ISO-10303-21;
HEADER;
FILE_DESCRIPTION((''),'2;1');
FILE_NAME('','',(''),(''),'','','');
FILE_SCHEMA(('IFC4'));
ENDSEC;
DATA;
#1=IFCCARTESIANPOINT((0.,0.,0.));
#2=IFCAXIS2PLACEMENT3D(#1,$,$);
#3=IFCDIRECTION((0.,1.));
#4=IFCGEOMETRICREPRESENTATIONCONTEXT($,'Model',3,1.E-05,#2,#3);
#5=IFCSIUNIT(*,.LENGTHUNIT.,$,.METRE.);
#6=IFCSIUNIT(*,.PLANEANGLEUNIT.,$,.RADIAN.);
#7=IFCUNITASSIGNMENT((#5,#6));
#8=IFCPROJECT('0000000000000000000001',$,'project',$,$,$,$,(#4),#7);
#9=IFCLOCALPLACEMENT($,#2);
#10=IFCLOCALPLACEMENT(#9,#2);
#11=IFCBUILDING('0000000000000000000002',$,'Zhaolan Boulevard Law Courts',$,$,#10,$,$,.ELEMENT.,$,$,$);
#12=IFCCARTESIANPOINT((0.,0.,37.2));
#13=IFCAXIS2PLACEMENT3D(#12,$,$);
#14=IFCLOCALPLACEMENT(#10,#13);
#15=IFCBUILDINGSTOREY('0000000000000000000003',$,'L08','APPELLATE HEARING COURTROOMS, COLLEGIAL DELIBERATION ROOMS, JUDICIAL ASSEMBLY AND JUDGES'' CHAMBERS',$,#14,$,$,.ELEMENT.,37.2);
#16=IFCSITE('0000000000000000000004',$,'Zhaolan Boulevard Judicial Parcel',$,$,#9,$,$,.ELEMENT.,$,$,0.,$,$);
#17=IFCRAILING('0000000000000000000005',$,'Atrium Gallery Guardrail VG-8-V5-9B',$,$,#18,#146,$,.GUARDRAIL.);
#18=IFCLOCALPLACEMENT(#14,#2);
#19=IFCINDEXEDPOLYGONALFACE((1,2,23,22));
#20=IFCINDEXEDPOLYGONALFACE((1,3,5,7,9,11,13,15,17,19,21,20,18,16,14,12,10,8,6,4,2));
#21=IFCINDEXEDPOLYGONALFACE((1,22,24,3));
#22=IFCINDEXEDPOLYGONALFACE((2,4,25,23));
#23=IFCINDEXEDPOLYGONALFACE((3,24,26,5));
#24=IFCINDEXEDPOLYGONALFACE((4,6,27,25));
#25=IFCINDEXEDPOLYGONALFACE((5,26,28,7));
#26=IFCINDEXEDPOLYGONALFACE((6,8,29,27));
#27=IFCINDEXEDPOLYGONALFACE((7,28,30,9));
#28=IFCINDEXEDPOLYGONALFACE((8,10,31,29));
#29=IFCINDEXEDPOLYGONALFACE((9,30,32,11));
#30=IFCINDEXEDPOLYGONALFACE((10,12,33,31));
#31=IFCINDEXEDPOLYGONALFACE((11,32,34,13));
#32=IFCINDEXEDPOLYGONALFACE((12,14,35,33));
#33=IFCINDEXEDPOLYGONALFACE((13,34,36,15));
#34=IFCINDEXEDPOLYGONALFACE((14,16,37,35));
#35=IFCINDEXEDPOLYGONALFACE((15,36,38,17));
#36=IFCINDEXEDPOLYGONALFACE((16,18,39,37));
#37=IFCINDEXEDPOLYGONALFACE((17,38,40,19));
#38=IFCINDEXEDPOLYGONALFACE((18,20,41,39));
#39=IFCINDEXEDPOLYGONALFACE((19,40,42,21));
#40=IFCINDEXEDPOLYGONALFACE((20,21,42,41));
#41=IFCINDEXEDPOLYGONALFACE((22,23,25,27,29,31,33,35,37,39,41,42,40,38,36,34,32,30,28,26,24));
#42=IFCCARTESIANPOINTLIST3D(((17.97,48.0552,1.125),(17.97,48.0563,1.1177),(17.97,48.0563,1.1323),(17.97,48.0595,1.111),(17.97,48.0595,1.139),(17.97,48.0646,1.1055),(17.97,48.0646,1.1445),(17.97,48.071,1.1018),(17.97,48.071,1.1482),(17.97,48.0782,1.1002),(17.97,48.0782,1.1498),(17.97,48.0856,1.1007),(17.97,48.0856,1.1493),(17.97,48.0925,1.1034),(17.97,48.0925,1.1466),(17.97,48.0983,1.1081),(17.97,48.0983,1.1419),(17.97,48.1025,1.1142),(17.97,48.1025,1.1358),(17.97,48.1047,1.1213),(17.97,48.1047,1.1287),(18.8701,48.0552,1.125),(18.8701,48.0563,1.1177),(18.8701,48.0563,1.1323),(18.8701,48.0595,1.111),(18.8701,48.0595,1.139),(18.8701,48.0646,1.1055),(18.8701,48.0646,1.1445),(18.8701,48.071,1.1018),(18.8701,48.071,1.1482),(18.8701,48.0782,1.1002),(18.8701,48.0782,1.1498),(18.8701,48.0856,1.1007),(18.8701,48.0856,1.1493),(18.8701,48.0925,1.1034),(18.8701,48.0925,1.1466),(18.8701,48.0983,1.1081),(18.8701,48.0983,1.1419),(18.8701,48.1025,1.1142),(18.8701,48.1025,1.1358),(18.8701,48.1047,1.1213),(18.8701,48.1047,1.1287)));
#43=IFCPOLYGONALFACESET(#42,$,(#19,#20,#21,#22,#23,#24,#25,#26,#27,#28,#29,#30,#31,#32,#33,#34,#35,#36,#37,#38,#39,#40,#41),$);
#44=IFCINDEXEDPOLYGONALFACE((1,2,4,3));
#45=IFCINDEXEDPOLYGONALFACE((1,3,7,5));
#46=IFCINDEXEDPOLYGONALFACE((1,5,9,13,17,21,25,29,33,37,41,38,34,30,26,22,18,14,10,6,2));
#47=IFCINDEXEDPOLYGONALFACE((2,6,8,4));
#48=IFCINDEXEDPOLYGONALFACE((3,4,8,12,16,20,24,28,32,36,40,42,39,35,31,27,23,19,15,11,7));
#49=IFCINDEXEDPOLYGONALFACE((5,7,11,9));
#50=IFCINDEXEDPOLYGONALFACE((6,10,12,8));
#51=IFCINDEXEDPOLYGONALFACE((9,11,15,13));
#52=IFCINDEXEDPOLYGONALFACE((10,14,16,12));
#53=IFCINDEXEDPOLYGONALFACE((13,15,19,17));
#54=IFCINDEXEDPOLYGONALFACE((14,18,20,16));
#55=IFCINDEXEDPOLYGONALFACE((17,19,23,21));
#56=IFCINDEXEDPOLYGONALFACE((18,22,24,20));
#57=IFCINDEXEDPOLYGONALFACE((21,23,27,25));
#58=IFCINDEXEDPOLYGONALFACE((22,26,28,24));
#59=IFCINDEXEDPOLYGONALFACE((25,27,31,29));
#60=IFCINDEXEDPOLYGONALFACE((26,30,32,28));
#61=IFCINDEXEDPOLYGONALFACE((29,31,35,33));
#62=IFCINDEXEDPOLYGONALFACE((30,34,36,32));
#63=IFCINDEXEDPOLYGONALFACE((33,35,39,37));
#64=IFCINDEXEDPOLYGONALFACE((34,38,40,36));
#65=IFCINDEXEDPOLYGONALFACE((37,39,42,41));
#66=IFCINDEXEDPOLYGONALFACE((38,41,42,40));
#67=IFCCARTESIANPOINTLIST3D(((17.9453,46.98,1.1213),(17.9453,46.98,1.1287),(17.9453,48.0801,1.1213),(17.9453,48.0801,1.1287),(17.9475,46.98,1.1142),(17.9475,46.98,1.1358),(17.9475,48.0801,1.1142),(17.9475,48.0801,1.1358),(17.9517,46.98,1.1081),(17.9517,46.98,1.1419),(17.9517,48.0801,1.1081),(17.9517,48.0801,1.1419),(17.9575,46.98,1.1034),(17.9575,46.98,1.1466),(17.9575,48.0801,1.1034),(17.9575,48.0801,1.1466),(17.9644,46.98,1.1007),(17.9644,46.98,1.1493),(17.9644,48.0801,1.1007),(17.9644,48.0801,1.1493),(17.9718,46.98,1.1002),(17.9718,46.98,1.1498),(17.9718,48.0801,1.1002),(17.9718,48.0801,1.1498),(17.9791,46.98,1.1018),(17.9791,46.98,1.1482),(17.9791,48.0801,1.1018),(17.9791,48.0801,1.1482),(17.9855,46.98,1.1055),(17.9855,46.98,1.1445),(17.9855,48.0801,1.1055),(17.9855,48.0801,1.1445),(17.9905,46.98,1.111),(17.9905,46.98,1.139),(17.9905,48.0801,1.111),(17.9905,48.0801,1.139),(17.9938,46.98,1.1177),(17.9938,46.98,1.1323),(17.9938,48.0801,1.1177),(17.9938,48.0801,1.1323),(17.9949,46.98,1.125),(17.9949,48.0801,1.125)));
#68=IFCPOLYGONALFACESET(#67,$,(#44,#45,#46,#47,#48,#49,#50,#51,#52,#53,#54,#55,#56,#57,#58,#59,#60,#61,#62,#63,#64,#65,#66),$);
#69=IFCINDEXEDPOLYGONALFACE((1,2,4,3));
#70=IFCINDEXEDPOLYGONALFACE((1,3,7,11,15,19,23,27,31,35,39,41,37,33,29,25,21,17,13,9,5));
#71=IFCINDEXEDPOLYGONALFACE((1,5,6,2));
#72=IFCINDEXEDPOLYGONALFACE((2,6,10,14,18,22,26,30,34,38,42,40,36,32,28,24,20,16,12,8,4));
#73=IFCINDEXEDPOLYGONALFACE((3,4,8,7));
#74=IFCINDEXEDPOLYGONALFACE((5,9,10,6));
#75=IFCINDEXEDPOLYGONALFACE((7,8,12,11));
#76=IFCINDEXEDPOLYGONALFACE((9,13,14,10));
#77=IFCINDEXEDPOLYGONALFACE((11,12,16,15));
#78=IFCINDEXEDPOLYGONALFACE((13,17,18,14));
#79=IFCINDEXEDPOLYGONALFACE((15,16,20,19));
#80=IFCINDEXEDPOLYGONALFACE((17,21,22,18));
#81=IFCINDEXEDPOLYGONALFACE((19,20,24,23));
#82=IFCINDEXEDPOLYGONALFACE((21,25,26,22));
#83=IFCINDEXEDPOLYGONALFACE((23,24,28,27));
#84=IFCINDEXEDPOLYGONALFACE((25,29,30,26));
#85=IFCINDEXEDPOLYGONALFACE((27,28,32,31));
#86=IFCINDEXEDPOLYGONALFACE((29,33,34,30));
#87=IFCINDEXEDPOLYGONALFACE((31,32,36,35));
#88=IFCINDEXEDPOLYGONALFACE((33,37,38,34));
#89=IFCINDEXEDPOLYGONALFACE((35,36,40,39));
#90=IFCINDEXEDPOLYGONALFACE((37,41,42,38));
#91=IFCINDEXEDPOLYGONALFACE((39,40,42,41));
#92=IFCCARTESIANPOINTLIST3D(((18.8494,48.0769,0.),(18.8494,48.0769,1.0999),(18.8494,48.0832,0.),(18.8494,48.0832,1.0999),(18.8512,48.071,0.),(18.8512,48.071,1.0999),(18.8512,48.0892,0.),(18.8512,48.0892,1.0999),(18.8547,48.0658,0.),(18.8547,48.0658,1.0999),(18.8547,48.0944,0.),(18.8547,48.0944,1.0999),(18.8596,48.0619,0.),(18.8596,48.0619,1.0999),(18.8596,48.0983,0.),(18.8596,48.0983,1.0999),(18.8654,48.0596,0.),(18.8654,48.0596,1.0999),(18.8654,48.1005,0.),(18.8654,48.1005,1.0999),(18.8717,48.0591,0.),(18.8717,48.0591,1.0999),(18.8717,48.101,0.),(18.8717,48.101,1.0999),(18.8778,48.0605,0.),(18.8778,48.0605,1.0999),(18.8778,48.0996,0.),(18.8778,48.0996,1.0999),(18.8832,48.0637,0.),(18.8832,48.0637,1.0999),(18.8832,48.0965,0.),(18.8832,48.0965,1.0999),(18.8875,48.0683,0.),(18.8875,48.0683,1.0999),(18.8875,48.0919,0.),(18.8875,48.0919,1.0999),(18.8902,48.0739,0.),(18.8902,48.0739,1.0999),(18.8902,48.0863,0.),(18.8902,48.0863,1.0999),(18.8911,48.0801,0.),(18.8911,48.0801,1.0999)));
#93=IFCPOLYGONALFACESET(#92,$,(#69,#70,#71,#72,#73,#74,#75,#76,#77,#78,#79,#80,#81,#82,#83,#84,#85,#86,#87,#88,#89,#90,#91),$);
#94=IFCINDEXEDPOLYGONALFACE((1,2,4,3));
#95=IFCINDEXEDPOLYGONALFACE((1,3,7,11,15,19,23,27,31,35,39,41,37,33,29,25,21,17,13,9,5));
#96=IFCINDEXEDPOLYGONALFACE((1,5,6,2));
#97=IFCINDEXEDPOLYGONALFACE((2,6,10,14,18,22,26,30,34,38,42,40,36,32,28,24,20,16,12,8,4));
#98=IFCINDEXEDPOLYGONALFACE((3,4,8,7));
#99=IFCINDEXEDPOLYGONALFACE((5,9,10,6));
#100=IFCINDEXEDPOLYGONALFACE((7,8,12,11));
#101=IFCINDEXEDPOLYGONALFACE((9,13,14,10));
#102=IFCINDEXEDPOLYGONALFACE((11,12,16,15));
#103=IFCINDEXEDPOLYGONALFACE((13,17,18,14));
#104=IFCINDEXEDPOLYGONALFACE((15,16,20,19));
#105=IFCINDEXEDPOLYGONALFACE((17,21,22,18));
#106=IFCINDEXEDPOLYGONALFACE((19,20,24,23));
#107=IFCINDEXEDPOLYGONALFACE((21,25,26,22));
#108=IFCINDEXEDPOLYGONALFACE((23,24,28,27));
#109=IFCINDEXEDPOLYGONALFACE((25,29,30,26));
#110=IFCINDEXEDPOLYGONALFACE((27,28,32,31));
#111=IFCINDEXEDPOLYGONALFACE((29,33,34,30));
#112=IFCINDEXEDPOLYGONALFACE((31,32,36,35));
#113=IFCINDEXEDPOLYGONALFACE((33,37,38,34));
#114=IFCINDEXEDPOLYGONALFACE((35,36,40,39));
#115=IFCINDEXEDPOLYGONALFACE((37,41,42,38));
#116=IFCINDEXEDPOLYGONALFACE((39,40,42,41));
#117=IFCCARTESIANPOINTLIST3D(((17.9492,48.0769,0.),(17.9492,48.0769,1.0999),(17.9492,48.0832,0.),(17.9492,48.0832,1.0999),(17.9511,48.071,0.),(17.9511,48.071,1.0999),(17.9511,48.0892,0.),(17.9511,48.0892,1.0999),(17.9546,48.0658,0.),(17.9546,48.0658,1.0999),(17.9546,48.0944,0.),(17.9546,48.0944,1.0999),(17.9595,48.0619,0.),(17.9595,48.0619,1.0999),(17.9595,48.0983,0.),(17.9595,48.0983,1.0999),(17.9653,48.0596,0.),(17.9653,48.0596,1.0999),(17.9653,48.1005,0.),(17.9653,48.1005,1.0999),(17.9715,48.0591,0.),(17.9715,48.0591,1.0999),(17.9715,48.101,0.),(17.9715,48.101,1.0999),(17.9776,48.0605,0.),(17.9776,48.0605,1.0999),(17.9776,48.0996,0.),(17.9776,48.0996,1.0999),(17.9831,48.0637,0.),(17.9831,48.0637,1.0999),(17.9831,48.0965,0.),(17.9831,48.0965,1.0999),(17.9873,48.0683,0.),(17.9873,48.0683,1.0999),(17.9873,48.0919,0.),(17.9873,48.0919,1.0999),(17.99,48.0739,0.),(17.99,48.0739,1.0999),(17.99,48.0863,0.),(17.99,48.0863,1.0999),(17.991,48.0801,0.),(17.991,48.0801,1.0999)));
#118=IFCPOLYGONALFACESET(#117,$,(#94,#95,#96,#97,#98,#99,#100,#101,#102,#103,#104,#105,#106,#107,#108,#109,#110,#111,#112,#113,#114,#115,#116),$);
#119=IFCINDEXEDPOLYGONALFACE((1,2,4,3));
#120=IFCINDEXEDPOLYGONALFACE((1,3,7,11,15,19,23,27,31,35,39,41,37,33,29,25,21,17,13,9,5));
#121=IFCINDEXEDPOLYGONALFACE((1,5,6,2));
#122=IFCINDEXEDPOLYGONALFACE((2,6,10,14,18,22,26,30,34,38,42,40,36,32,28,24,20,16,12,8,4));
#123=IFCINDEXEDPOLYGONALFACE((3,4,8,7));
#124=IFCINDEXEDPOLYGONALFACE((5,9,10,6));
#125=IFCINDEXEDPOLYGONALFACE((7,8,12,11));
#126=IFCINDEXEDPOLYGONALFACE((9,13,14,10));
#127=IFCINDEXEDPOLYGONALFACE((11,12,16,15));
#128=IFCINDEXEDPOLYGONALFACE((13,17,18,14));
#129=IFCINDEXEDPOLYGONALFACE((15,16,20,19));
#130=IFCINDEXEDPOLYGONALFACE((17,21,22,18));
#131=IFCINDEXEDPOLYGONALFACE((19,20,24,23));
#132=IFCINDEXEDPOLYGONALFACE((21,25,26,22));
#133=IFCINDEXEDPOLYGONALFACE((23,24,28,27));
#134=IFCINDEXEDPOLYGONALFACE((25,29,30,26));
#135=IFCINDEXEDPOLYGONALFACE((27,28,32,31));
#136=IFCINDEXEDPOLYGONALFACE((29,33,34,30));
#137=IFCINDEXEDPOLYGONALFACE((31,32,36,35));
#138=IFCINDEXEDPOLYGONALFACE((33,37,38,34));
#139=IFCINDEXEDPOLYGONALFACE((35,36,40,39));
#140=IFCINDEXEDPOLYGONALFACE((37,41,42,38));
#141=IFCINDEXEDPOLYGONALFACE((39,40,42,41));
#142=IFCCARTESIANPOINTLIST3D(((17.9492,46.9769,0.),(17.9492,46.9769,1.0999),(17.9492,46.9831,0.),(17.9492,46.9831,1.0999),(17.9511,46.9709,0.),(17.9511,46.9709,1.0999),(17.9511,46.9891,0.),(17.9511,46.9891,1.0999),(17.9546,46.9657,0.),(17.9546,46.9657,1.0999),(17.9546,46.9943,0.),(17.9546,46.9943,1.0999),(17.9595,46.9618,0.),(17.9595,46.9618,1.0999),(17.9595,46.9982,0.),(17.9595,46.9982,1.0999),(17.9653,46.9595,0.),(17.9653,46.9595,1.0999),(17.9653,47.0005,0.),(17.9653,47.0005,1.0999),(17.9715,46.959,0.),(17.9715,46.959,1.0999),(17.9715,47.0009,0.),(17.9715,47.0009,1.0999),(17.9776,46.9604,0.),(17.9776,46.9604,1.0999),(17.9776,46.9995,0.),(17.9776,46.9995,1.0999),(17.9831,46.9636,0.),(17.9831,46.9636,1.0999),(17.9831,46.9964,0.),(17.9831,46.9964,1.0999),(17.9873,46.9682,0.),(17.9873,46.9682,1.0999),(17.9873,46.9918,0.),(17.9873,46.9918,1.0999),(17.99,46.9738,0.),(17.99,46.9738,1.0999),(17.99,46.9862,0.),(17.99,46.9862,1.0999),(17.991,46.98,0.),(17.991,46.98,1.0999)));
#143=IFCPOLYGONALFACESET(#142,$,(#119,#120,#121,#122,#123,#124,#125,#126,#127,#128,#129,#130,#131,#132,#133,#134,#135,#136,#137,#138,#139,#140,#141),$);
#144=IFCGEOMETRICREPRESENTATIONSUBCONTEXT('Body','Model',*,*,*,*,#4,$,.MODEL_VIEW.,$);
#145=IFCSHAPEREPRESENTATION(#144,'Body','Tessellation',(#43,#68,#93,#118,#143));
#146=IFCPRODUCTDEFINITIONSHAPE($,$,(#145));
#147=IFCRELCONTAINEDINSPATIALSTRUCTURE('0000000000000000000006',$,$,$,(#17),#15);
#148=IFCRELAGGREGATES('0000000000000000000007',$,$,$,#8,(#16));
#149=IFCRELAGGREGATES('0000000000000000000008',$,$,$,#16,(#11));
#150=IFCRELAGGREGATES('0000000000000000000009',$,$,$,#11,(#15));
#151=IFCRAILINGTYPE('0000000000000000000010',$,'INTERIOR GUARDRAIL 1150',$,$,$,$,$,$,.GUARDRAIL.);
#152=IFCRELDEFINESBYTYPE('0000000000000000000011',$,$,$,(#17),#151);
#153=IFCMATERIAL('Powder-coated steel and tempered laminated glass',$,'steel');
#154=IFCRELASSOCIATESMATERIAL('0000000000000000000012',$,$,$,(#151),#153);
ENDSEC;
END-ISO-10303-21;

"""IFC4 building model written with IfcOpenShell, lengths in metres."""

from ifc_helpers import new_model, si_unit, direction, frame, origin, origin_2d, place, context, subcontext, project, spatial, circle, extrude, material, type_object, element, save


model = new_model("IFC4")

# Units and contexts
model_context = context("Model", 3, precision=1e-05, world=origin(), true_north=direction((0.0, 1.0)))
body_context = subcontext(model_context, "Body", "Model", "MODEL_VIEW")
ifc_project = project(units=[si_unit("LENGTHUNIT", "METRE"), si_unit("PLANEANGLEUNIT", "RADIAN")], contexts=[model_context])

# Site, building, storey
site_placement = place(None, origin())
site = spatial("IfcSite", under=ifc_project, at=site_placement, Name="Zhaolan Boulevard Judicial Parcel", CompositionType="ELEMENT", RefElevation=0.0)
building_placement = place(site_placement, origin())
building = spatial("IfcBuilding", under=site, at=building_placement, Name="Zhaolan Boulevard Law Courts", CompositionType="ELEMENT")
storey_placement = place(building_placement, frame((0.0, 0.0, 37.2)))
storey = spatial("IfcBuildingStorey", under=building, at=storey_placement, Name="L08", Description="APPELLATE HEARING COURTROOMS, COLLEGIAL DELIBERATION ROOMS, JUDICIAL ASSEMBLY AND JUDGES' CHAMBERS", CompositionType="ELEMENT", Elevation=37.2)

# Railing
ifc_material_1 = material(Name="Powder-coated steel and tempered laminated glass", Category="steel")
railing_type_1 = type_object("IfcRailingType", Name="INTERIOR GUARDRAIL 1150", PredefinedType="GUARDRAIL", material=ifc_material_1)
railing_1_placement = place(storey_placement, frame((18.8701, 48.0801, 0.0)))
element("IfcRailing", 1, at=railing_1_placement, inside=storey, type_object=railing_type_1, Name="Atrium Gallery Guardrail VG-8-V5-9B", PredefinedType="GUARDRAIL", context=body_context, shape_type="SweptSolid", body=[
    extrude(circle(Radius=0.0249, at=origin_2d()), frame((0.0, 0.0, 1.125), z_axis=(-1.0, 0.0, 0.0), x_axis=(0.0, -1.0, 0.0)), (0.0, 0.0, 1.0), 0.9001),
    extrude(circle(Radius=0.0249, at=origin_2d()), frame((-0.9001, 0.0, 1.125), z_axis=(0.0, -1.0, 0.0), x_axis=(1.0, 0.0, 0.0)), (0.0, 0.0, 1.0), 1.1001),
    extrude(circle(Radius=0.021, at=origin_2d()), origin(), (0.0, 0.0, 1.0), 1.0999),
    extrude(circle(Radius=0.021, at=origin_2d()), frame((-0.9001, 0.0, 0.0)), (0.0, 0.0, 1.0), 1.0999),
    extrude(circle(Radius=0.021, at=origin_2d()), frame((-0.9001, -1.1001, 0.0)), (0.0, 0.0, 1.0), 1.0999),
])

save(model, "model.ifc")
